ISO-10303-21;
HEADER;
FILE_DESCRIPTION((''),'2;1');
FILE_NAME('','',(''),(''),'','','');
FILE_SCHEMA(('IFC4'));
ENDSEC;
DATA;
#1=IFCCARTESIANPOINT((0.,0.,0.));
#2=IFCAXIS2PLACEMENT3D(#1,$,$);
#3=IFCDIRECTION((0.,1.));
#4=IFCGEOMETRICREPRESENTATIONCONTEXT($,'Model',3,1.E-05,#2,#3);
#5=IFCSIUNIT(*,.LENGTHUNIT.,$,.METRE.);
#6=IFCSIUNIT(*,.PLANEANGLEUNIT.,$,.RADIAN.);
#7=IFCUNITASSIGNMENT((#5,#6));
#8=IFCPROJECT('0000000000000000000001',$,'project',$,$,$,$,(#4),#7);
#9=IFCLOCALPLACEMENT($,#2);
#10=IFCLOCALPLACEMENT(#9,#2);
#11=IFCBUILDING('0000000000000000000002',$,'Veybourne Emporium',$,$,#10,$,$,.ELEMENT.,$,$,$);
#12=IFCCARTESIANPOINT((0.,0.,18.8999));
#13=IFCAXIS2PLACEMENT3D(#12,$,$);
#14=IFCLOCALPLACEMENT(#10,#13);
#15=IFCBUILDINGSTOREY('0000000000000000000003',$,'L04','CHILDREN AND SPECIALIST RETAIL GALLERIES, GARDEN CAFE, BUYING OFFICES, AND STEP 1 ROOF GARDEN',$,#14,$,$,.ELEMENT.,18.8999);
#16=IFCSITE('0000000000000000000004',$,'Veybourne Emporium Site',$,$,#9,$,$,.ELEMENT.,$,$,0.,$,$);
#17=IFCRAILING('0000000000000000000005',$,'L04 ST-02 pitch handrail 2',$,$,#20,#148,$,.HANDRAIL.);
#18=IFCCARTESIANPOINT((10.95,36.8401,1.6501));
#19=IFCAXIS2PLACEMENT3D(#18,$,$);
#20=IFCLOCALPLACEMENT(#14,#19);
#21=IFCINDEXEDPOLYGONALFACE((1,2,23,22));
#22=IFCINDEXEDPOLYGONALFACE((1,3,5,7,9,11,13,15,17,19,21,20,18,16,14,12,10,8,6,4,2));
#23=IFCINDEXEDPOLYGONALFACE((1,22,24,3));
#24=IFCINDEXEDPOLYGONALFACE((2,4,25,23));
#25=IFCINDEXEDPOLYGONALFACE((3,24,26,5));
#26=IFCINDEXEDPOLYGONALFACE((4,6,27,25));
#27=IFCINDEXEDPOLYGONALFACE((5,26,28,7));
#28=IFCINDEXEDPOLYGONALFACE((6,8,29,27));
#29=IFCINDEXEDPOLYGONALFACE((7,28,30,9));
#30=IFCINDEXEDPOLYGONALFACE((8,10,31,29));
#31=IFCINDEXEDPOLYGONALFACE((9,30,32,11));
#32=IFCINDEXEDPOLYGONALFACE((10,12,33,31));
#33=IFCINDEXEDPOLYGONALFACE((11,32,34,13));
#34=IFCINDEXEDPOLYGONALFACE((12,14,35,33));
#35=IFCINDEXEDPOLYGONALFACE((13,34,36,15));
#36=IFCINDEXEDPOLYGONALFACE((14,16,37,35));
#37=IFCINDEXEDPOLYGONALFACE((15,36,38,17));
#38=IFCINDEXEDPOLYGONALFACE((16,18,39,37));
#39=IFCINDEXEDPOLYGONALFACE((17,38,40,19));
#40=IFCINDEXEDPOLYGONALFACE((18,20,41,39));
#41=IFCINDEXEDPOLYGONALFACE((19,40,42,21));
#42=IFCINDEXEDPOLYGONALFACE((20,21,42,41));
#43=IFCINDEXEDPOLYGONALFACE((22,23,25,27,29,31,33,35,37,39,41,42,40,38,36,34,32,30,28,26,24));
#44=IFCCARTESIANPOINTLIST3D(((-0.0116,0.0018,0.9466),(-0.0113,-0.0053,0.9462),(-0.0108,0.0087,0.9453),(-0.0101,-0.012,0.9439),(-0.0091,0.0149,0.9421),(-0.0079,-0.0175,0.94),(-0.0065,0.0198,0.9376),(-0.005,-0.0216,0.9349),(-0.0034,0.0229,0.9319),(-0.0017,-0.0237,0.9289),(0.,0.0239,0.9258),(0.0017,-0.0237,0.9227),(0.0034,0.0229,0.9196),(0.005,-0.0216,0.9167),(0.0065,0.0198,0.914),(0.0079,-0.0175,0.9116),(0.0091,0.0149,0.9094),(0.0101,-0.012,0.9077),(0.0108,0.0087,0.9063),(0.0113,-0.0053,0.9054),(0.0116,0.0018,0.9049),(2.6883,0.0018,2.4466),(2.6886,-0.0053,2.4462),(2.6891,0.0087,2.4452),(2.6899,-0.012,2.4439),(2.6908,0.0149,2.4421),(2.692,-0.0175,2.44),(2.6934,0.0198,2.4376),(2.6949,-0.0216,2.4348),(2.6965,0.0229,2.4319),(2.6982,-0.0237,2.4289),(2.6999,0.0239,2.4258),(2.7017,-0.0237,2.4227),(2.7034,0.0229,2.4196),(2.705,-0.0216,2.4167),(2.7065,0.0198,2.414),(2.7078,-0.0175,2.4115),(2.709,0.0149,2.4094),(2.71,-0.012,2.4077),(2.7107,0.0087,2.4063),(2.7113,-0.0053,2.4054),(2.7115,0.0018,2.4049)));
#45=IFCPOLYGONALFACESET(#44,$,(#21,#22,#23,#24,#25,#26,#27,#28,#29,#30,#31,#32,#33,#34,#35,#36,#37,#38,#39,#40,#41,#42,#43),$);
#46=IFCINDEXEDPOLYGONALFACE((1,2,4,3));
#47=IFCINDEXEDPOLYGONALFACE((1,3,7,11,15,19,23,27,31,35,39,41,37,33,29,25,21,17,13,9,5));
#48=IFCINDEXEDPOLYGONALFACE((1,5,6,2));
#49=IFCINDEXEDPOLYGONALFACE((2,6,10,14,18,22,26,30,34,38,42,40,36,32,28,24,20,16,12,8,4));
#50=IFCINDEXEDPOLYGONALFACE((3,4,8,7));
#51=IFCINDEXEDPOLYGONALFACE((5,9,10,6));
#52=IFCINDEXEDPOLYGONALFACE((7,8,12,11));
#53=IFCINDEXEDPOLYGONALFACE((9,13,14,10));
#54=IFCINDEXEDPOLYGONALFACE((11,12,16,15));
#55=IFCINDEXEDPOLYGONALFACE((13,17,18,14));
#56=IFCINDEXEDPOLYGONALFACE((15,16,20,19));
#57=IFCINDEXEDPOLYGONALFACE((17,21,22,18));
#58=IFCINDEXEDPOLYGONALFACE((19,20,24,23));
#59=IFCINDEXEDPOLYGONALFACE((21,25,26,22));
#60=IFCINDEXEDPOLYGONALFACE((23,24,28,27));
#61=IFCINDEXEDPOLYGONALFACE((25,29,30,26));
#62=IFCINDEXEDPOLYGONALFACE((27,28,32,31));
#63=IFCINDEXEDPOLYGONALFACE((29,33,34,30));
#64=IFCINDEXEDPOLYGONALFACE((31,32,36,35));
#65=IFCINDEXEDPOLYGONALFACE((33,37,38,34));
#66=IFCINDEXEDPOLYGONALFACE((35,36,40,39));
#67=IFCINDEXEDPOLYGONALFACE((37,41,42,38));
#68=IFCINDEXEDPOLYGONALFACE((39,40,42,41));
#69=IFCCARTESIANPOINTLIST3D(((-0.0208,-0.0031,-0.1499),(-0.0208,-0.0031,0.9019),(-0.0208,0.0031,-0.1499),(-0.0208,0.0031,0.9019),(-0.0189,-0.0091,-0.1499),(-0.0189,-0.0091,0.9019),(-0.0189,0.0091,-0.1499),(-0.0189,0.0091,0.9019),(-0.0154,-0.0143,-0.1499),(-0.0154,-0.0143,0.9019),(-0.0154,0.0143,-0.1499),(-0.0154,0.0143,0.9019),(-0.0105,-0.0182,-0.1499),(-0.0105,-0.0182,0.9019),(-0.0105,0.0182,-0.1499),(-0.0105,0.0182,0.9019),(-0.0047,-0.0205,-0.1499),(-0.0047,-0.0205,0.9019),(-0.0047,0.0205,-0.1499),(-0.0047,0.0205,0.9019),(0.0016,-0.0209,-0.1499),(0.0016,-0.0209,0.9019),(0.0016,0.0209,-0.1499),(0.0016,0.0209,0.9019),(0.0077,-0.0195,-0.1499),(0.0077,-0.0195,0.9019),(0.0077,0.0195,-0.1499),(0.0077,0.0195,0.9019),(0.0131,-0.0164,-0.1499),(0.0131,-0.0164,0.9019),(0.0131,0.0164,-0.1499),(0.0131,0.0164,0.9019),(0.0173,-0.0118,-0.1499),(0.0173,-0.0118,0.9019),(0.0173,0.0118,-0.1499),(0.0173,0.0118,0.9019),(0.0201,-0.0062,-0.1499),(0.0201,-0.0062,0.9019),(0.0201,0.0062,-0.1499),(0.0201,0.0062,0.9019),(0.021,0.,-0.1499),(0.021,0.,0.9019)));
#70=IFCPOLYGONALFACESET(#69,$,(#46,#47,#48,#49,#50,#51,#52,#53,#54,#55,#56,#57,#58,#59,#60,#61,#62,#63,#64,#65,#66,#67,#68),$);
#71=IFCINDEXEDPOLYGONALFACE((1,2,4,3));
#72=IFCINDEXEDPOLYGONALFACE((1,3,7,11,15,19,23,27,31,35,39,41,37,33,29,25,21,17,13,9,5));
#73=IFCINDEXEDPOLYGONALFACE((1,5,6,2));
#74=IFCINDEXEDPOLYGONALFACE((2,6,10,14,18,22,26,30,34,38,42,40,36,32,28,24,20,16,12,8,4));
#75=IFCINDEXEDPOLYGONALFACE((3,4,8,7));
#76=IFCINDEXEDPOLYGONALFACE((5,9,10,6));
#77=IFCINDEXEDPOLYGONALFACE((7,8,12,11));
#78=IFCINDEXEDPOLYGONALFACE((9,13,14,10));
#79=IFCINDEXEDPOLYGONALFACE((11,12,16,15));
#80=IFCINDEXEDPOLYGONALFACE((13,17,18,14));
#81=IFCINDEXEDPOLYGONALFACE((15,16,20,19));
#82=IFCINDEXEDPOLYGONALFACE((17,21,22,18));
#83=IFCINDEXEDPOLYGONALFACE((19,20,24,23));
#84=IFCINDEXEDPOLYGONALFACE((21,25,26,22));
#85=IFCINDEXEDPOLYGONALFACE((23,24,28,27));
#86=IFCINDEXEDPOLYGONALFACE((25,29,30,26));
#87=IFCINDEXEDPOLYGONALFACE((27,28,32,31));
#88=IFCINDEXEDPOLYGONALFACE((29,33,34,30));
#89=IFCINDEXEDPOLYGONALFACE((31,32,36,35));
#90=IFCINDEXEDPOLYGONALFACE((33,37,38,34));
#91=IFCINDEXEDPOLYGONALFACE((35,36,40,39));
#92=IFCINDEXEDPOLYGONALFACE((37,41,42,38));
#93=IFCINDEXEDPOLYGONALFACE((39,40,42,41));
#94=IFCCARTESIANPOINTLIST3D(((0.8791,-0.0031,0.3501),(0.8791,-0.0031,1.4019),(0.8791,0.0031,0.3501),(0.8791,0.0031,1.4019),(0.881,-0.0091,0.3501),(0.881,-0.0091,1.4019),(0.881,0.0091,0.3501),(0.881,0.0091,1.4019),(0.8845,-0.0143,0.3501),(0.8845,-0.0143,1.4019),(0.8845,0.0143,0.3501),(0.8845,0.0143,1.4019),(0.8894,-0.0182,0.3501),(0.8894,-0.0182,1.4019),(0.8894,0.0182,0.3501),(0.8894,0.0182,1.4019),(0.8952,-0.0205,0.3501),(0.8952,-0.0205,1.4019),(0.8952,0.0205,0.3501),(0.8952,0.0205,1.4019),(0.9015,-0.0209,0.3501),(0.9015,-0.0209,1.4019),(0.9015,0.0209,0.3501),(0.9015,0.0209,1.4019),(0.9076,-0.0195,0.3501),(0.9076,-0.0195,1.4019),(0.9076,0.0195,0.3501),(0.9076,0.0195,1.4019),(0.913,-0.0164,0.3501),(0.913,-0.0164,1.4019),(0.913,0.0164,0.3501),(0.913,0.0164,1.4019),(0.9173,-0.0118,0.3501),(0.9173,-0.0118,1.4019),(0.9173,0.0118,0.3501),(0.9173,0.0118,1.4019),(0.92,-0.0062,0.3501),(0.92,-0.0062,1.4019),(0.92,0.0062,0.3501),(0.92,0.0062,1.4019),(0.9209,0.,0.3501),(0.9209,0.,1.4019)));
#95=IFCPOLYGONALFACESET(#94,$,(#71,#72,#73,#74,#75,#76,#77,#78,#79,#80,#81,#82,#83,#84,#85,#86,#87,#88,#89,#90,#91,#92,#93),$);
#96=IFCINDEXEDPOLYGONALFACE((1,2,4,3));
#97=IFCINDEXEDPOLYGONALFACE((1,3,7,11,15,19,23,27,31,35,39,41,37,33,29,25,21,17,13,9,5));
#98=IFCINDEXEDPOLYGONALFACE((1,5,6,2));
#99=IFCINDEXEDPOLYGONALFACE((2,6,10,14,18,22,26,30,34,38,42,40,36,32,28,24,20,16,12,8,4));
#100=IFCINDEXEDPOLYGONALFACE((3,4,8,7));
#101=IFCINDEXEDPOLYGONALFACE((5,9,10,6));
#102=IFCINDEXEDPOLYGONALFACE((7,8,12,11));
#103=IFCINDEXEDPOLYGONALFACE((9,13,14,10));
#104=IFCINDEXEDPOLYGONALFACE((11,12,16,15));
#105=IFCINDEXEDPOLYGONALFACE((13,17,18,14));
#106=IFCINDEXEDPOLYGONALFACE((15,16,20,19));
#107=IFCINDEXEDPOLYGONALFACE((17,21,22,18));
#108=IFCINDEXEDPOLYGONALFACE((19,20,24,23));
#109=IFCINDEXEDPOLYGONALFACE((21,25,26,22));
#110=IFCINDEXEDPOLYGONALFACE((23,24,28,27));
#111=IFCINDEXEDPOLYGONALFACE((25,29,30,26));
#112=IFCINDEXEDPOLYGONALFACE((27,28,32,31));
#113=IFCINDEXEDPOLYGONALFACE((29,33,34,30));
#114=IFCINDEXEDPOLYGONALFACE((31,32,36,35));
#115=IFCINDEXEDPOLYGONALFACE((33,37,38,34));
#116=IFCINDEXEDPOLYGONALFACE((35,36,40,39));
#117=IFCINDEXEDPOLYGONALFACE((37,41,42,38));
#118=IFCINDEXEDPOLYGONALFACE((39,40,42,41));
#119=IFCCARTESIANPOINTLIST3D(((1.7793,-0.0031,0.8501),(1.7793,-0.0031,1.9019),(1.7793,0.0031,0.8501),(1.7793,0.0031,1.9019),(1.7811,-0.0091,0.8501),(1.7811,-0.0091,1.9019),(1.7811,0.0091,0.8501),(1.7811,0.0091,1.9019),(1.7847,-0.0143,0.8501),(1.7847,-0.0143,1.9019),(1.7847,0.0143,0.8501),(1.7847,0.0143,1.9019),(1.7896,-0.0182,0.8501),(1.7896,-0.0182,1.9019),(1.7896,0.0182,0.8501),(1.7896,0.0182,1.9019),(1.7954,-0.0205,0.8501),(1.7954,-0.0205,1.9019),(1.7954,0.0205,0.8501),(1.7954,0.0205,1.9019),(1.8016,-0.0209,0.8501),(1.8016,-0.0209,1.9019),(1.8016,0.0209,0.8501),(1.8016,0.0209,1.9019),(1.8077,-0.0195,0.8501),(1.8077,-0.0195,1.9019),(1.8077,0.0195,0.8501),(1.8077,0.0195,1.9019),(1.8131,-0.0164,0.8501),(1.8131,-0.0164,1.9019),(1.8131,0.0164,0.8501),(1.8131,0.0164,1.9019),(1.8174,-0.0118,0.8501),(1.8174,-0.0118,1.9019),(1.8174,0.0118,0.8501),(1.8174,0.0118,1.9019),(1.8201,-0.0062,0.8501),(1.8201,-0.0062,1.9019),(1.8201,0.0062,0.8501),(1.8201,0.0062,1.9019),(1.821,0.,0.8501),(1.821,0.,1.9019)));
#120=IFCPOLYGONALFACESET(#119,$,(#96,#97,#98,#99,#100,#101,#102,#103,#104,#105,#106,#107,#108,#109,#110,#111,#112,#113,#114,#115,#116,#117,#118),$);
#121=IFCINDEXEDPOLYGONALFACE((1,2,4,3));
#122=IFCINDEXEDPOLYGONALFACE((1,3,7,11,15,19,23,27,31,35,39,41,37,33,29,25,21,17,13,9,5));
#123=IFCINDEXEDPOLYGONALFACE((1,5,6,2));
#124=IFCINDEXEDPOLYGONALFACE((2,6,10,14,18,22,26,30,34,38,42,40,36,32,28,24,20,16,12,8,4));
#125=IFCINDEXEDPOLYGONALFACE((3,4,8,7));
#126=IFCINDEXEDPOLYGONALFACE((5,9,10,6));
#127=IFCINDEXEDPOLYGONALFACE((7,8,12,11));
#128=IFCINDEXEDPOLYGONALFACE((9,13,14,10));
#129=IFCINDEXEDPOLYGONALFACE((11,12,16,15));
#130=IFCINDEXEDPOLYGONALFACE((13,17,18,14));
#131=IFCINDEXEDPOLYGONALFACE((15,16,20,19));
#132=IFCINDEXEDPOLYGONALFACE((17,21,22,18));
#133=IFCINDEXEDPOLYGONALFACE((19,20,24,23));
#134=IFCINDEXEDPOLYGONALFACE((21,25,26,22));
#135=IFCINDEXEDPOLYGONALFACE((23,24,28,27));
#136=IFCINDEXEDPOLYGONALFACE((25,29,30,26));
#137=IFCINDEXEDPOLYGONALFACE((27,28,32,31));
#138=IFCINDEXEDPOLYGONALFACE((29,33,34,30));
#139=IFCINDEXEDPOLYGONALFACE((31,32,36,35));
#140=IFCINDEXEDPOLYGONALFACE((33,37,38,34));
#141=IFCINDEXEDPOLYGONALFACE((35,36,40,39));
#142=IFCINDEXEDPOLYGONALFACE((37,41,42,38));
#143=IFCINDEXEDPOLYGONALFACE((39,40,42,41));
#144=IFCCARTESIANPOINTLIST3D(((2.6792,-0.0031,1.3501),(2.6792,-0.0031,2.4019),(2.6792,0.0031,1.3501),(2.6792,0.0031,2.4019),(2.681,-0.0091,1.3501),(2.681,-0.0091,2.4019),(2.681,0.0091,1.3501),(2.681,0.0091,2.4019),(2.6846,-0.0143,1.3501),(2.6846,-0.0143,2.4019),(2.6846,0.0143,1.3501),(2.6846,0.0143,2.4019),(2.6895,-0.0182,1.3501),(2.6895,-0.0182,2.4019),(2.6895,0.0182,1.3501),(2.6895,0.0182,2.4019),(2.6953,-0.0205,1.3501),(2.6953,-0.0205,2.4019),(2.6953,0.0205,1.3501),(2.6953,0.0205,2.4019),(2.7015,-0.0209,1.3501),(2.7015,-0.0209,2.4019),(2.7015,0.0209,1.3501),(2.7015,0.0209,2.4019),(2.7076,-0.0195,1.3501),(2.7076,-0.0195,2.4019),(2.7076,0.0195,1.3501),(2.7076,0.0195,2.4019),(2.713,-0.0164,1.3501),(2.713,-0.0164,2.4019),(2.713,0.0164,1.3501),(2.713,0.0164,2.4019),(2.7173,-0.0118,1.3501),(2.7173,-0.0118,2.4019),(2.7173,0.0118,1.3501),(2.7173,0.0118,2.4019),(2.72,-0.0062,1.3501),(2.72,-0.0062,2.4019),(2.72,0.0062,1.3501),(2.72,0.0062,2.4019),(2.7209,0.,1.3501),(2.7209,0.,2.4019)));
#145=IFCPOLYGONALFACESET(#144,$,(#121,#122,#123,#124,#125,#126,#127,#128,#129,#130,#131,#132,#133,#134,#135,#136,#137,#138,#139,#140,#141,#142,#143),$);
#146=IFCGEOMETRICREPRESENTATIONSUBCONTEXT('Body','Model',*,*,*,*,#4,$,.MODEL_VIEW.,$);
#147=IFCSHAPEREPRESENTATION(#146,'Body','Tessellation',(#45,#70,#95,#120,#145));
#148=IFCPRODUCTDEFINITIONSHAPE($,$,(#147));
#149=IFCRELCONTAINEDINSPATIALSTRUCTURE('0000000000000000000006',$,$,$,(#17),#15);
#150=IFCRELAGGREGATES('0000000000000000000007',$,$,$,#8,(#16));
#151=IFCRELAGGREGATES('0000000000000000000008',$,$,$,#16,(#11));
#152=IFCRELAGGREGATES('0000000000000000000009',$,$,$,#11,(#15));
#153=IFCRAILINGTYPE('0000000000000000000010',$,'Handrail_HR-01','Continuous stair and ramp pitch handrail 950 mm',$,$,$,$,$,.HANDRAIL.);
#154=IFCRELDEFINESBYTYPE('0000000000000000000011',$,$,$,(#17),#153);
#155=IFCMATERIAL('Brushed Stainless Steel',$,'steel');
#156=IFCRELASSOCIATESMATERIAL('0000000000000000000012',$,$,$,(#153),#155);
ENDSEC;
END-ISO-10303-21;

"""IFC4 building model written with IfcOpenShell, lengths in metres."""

from ifc_helpers import new_model, si_unit, direction, frame, origin, origin_2d, place, context, subcontext, project, spatial, circle, extrude, material, type_object, element, save


model = new_model("IFC4")

# Units and contexts
model_context = context("Model", 3, precision=1e-05, world=origin(), true_north=direction((0.0, 1.0)))
body_context = subcontext(model_context, "Body", "Model", "MODEL_VIEW")
ifc_project = project(units=[si_unit("LENGTHUNIT", "METRE"), si_unit("PLANEANGLEUNIT", "RADIAN")], contexts=[model_context])

# Site, building, storey
site_placement = place(None, origin())
site = spatial("IfcSite", under=ifc_project, at=site_placement, Name="Veybourne Emporium Site", CompositionType="ELEMENT", RefElevation=0.0)
building_placement = place(site_placement, origin())
building = spatial("IfcBuilding", under=site, at=building_placement, Name="Veybourne Emporium", CompositionType="ELEMENT")
storey_placement = place(building_placement, frame((0.0, 0.0, 18.8999)))
storey = spatial("IfcBuildingStorey", under=building, at=storey_placement, Name="L04", Description="CHILDREN AND SPECIALIST RETAIL GALLERIES, GARDEN CAFE, BUYING OFFICES, AND STEP 1 ROOF GARDEN", CompositionType="ELEMENT", Elevation=18.8999)

# Railing
ifc_material_1 = material(Name="Brushed Stainless Steel", Category="steel")
railing_type = type_object("IfcRailingType", Name="Handrail_HR-01", Description="Continuous stair and ramp pitch handrail 950 mm", PredefinedType="HANDRAIL", material=ifc_material_1)
railing_placement = place(storey_placement, frame((10.95, 36.8401, 1.6501)))
element("IfcRailing", 1, at=railing_placement, inside=storey, type_object=railing_type, Name="L04 ST-02 pitch handrail 2", PredefinedType="HANDRAIL", context=body_context, shape_type="SweptSolid", body=[
    extrude(circle(Radius=0.0239, at=origin_2d()), frame((0.0, 0.0, 0.9258), z_axis=(0.874154, 0.0, 0.48565), x_axis=(0.0, 1.0, 0.0)), (0.0, 0.0, 1.0), 3.0886),
    extrude(circle(Radius=0.021, at=origin_2d()), frame((0.0, 0.0, -0.1499)), (0.0, 0.0, 1.0), 1.0518),
    extrude(circle(Radius=0.021, at=origin_2d()), frame((0.8999, 0.0, 0.3501)), (0.0, 0.0, 1.0), 1.0518),
    extrude(circle(Radius=0.021, at=origin_2d()), frame((1.8, 0.0, 0.8501)), (0.0, 0.0, 1.0), 1.0518),
    extrude(circle(Radius=0.021, at=origin_2d()), frame((2.7, 0.0, 1.3501)), (0.0, 0.0, 1.0), 1.0518),
])

save(model, "model.ifc")
